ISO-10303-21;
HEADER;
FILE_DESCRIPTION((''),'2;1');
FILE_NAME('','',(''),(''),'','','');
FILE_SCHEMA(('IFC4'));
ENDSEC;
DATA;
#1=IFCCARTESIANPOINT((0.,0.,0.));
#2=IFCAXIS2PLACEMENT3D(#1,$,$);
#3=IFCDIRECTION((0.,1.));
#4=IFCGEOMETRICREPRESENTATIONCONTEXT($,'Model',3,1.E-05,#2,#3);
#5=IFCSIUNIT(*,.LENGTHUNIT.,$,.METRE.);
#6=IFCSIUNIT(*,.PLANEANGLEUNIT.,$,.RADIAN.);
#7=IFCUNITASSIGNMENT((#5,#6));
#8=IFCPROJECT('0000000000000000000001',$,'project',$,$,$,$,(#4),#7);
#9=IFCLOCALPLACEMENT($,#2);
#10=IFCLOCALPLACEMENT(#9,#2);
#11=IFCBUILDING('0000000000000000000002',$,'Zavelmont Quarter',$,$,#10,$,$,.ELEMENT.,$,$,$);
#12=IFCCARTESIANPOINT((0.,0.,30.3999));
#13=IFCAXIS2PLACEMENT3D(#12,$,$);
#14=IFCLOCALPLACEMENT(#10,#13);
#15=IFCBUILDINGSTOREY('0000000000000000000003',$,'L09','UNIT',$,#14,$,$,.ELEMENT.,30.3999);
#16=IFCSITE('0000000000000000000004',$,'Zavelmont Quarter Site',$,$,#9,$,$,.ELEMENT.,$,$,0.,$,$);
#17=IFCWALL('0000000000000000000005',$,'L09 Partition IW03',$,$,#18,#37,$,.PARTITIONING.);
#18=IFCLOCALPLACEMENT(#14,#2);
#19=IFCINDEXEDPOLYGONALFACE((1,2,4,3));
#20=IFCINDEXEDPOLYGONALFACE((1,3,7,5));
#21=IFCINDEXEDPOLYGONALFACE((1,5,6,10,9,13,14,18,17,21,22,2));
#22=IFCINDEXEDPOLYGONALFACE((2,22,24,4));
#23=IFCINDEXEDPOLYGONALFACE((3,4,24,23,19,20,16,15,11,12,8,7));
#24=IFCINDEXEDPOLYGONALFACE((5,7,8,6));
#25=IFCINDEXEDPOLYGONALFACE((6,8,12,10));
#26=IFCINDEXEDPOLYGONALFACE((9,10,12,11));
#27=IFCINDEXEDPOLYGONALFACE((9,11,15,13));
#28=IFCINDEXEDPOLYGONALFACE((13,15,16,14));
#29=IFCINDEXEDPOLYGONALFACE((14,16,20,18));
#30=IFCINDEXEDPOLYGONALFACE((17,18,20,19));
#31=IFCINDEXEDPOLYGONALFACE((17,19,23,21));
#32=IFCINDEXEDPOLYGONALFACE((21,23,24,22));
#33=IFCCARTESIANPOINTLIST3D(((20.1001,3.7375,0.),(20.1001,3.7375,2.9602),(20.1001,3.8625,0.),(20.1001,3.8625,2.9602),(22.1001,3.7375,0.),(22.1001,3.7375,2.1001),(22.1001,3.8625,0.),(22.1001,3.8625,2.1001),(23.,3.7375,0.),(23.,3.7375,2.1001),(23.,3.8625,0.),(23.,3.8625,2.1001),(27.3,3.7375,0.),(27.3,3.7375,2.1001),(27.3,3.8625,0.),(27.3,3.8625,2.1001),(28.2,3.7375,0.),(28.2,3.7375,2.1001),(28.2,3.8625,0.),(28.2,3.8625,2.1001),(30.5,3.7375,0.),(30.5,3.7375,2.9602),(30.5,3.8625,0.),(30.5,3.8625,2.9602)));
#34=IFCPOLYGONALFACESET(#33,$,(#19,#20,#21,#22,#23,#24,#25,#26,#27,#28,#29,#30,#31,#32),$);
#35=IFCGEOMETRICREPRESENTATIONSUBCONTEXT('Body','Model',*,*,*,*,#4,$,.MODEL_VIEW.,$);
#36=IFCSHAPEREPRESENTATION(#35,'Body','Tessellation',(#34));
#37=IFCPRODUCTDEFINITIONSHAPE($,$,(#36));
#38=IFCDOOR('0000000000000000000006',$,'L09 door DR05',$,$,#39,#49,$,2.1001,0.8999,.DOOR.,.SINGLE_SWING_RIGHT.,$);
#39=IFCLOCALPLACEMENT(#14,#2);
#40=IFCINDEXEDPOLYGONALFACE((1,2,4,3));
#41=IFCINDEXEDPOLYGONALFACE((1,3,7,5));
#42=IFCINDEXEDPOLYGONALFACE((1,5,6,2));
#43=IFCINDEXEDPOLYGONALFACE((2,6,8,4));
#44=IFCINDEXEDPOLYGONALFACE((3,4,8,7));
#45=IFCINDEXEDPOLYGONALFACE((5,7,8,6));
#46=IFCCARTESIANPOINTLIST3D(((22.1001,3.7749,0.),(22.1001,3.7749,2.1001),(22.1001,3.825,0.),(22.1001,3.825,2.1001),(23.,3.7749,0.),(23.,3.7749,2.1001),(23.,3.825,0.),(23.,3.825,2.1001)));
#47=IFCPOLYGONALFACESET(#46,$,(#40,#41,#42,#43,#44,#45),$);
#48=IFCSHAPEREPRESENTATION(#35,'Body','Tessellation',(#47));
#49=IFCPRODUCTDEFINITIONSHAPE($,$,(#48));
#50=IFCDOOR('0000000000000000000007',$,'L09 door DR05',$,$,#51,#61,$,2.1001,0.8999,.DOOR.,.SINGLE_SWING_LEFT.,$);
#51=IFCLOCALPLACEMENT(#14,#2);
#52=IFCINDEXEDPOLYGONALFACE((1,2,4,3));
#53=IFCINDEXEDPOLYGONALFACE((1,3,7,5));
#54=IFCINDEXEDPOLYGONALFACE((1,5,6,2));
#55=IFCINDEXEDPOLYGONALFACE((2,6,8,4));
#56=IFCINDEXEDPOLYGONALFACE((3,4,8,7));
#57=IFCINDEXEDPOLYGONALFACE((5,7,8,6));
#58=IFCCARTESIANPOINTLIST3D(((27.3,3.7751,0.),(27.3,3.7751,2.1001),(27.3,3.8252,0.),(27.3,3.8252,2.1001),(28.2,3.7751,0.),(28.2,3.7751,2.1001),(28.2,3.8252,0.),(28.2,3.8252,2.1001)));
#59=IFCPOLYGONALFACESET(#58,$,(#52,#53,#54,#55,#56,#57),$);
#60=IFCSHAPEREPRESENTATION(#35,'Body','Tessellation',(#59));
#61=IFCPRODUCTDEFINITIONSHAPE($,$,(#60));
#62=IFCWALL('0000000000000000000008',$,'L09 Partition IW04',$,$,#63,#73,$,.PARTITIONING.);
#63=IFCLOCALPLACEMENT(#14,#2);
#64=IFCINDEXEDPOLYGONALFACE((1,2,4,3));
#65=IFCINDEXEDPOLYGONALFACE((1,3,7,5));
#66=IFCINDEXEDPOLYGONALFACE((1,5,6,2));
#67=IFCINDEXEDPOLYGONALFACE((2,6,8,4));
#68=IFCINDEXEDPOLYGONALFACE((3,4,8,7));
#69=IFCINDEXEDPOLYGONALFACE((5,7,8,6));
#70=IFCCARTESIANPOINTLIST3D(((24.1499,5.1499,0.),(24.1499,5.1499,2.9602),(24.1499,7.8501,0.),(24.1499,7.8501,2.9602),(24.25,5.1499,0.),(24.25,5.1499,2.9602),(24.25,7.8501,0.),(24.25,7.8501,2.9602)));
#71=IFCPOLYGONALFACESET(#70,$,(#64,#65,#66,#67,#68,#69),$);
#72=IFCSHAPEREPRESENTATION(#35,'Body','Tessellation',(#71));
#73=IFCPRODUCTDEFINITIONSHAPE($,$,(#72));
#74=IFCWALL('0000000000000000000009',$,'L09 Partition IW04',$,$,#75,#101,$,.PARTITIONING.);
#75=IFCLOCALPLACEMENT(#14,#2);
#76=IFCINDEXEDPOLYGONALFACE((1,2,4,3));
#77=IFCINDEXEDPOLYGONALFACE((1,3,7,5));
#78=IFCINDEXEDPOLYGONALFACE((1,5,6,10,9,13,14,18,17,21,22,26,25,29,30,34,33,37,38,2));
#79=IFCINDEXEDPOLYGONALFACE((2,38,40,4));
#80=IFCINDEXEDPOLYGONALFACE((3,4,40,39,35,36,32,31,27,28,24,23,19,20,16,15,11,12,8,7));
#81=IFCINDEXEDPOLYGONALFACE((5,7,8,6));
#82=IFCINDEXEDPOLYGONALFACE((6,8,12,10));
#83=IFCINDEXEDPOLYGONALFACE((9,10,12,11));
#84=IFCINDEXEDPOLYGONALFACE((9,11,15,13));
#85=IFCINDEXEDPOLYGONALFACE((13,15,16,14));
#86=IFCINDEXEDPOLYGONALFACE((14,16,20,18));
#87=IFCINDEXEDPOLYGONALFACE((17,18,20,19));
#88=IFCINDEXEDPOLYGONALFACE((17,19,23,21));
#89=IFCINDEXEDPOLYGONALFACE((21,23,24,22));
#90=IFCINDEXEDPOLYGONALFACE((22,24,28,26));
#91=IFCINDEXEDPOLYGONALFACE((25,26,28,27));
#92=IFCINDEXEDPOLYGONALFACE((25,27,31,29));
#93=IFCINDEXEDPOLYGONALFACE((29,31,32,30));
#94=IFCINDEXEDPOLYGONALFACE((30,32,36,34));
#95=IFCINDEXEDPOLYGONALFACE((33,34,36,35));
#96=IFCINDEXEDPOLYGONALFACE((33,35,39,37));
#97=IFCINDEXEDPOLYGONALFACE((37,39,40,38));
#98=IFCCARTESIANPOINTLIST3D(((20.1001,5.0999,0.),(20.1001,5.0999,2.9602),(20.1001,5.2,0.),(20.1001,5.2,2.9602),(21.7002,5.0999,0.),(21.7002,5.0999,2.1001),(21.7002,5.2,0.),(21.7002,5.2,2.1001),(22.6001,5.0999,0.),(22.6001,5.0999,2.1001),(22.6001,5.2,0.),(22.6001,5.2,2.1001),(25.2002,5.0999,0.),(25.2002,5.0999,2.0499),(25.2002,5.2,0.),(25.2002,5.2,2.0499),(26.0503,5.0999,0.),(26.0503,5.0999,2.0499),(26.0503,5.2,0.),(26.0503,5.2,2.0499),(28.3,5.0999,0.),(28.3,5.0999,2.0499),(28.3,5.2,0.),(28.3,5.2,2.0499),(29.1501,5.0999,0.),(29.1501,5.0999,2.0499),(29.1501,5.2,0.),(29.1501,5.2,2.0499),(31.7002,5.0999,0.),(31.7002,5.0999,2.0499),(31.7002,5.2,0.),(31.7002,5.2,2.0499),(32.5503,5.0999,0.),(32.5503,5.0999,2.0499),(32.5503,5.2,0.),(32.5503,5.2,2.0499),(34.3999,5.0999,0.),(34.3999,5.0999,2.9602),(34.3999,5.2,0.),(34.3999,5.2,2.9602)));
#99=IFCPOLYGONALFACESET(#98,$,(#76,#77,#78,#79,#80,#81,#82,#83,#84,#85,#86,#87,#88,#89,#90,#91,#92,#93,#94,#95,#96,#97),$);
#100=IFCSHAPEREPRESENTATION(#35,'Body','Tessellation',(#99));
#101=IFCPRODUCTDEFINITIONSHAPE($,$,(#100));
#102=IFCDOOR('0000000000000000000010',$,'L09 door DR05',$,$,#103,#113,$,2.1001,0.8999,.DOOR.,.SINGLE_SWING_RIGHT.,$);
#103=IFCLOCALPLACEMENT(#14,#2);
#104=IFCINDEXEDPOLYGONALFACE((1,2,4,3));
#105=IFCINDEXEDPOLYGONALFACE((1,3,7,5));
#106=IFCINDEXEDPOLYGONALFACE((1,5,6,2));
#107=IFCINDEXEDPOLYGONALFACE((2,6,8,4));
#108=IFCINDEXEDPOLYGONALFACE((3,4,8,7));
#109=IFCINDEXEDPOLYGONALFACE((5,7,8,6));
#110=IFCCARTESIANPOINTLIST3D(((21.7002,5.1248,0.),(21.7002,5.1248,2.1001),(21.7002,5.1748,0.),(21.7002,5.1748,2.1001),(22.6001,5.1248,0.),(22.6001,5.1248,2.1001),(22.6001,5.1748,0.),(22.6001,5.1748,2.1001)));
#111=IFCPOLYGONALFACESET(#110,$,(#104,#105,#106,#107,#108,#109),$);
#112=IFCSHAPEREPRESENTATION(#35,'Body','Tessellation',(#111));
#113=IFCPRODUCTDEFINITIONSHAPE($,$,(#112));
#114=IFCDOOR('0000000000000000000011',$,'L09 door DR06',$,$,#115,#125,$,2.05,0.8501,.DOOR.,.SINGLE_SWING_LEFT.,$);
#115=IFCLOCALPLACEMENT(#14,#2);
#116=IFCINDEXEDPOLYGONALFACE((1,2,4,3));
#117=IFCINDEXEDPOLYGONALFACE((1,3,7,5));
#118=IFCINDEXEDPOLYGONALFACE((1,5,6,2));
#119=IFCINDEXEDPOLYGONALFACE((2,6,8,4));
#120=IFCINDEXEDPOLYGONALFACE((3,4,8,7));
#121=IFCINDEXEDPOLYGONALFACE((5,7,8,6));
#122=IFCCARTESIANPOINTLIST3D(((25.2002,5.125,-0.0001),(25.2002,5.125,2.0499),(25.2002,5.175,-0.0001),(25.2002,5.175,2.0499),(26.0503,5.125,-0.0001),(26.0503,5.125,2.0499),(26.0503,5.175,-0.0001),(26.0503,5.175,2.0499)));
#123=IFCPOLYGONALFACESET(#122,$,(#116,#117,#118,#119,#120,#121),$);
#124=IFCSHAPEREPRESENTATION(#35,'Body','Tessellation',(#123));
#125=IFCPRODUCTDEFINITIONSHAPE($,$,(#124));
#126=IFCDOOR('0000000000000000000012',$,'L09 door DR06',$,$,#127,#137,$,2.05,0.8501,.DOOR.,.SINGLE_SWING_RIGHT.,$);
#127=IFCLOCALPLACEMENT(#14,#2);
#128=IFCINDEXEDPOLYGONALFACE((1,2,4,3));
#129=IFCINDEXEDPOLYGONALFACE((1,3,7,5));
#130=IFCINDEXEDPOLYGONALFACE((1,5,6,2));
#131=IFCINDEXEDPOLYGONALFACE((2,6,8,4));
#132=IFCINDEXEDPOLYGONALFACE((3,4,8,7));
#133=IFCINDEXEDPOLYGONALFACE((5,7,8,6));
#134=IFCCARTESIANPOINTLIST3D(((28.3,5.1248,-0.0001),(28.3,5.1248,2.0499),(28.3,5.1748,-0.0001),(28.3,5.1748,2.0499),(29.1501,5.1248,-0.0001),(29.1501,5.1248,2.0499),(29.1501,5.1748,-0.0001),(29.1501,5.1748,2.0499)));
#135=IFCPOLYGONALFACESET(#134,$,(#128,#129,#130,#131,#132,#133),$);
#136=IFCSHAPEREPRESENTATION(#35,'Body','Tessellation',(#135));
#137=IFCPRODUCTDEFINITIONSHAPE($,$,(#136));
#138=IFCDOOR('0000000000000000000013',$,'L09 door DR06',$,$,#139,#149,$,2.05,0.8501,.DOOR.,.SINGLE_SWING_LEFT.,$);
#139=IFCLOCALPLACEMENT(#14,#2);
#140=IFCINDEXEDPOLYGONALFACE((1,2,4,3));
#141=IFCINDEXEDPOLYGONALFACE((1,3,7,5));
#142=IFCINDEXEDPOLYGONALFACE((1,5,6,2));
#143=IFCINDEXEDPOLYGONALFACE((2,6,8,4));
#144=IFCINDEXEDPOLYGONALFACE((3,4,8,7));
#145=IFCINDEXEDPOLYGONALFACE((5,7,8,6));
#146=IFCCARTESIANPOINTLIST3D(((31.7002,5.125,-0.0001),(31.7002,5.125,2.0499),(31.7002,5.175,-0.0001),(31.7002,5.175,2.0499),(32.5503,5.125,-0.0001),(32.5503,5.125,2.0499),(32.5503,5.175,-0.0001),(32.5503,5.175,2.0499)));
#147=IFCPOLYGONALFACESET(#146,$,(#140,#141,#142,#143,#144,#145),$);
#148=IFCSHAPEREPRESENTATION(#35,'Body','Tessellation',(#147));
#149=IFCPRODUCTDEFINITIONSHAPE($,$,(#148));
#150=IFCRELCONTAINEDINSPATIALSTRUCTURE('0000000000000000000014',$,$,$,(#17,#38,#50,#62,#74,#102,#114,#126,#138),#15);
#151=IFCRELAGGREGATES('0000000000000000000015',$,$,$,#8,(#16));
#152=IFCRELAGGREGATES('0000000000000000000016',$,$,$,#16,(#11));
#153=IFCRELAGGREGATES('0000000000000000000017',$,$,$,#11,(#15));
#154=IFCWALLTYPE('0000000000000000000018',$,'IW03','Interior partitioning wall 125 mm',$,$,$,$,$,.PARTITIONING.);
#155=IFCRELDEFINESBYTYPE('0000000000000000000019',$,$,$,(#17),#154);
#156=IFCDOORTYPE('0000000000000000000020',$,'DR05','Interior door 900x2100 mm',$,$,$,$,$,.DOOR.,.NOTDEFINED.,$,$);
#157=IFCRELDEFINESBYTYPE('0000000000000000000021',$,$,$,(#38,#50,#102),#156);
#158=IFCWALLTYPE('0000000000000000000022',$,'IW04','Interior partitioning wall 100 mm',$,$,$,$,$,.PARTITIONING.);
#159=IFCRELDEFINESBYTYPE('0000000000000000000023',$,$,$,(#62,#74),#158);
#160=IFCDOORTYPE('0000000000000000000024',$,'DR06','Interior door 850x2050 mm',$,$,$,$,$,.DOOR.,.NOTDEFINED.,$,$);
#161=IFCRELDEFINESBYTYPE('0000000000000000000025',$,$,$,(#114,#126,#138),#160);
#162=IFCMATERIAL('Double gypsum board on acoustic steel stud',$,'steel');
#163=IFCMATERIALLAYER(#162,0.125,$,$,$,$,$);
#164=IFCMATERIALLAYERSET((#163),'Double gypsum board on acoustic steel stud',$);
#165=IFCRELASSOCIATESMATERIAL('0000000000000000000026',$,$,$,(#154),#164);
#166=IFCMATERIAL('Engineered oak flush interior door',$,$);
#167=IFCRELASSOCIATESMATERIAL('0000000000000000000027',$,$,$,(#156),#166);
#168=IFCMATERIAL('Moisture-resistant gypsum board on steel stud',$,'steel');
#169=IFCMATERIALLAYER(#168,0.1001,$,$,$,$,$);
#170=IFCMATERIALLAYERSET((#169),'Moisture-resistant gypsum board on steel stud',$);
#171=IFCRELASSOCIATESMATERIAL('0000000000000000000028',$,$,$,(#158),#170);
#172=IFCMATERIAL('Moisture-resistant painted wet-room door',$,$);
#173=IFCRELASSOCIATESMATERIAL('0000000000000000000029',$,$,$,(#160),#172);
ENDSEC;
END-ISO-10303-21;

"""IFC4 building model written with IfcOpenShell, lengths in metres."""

from ifc_helpers import new_model, si_unit, direction, frame, frame_2d, origin, origin_with_axes, place, context, subcontext, project, spatial, rectangle, extrude, material, layer, layer_set, type_object, element, fill, save


model = new_model("IFC4")

# Units and contexts
model_context = context("Model", 3, precision=1e-05, world=origin(), true_north=direction((0.0, 1.0)))
body_context = subcontext(model_context, "Body", "Model", "MODEL_VIEW")
ifc_project = project(units=[si_unit("LENGTHUNIT", "METRE"), si_unit("PLANEANGLEUNIT", "RADIAN")], contexts=[model_context])

# Site, building, storey
site_placement = place(None, origin())
site = spatial("IfcSite", under=ifc_project, at=site_placement, Name="Zavelmont Quarter Site", CompositionType="ELEMENT", RefElevation=0.0)
building_placement = place(site_placement, origin())
building = spatial("IfcBuilding", under=site, at=building_placement, Name="Zavelmont Quarter", CompositionType="ELEMENT")
storey_placement = place(building_placement, frame((0.0, 0.0, 30.3999)))
storey = spatial("IfcBuildingStorey", under=building, at=storey_placement, Name="L09", Description="UNIT", CompositionType="ELEMENT", Elevation=30.3999)

# Shared definitions
ifc_material_1 = material(Name="Double gypsum board on acoustic steel stud", Category="steel")
ifc_layer_1 = layer(ifc_material_1, 0.125)
ifc_layer_set_1 = layer_set([ifc_layer_1], Name="Double gypsum board on acoustic steel stud")
wall_type_1 = type_object("IfcWallType", Name="IW03", Description="Interior partitioning wall 125 mm", PredefinedType="PARTITIONING", material=ifc_layer_set_1)
ifc_material_2 = material(Name="Engineered oak flush interior door")
door_type_1 = type_object("IfcDoorType", Name="DR05", Description="Interior door 900x2100 mm", OperationType="NOTDEFINED", PredefinedType="DOOR", material=ifc_material_2)

# Wall, openings, doors
wall_1_placement = place(storey_placement, frame((20.1001, 3.8, 0.0), z_axis=(0.0, 0.0, 1.0), x_axis=(1.0, 0.0, 0.0)))
wall_1 = element("IfcWall", 1, at=wall_1_placement, inside=storey, type_object=wall_type_1, Name="L09 Partition IW03", PredefinedType="PARTITIONING", context=body_context, shape_type="SweptSolid", body=[
    extrude(rectangle(XDim=10.3999, YDim=0.125, at=frame_2d((5.2, 0.0))), origin(), (0.0, 0.0, 1.0), 2.9602),
])
opening_1_placement = place(wall_1_placement, frame((2.0, 0.0, 0.0)))
opening_1 = element("IfcOpeningElement", 2, at=opening_1_placement, cuts=wall_1, PredefinedType="OPENING", context=body_context, shape_type="SweptSolid", body=[
    extrude(rectangle(XDim=0.8999, YDim=2.1001, at=frame_2d((0.45, 1.05))), frame((0.0, 0.0745, 0.0), z_axis=(0.0, -1.0, 0.0), x_axis=(1.0, 0.0, 0.0)), (0.0, 0.0, 1.0), 0.1489),
])
opening_2_placement = place(wall_1_placement, frame((7.2, 0.0, 0.0)))
opening_2 = element("IfcOpeningElement", 3, at=opening_2_placement, cuts=wall_1, PredefinedType="OPENING", context=body_context, shape_type="SweptSolid", body=[
    extrude(rectangle(XDim=0.8999, YDim=2.1001, at=frame_2d((0.45, 1.05))), frame((0.0, 0.0745, 0.0), z_axis=(0.0, -1.0, 0.0), x_axis=(1.0, 0.0, 0.0)), (0.0, 0.0, 1.0), 0.1489),
])
door_1_placement = place(opening_1_placement, origin_with_axes())
door_1 = element("IfcDoor", 4, at=door_1_placement, inside=storey, type_object=door_type_1, Name="L09 door DR05", OperationType="SINGLE_SWING_RIGHT", OverallHeight=2.1001, OverallWidth=0.8999, PredefinedType="DOOR", context=body_context, shape_type="SweptSolid", body=[
    extrude(rectangle(XDim=0.8999, YDim=2.1001, at=frame_2d((0.45, 1.05))), frame((0.0, 0.0249, 0.0), z_axis=(0.0, -1.0, 0.0), x_axis=(1.0, 0.0, 0.0)), (0.0, 0.0, 1.0), 0.05),
])
fill(opening_1, door_1)
door_2_placement = place(opening_2_placement, frame((0.8999, 0.0, 0.0), z_axis=(0.0, 0.0, 1.0), x_axis=(-1.0, 0.0, 0.0)))
door_2 = element("IfcDoor", 5, at=door_2_placement, inside=storey, type_object=door_type_1, Name="L09 door DR05", OperationType="SINGLE_SWING_LEFT", OverallHeight=2.1001, OverallWidth=0.8999, PredefinedType="DOOR", context=body_context, shape_type="SweptSolid", body=[
    extrude(rectangle(XDim=0.8999, YDim=2.1001, at=frame_2d((0.45, 1.05))), frame((0.0, 0.0249, 0.0), z_axis=(0.0, -1.0, 0.0), x_axis=(1.0, 0.0, 0.0)), (0.0, 0.0, 1.0), 0.05),
])
fill(opening_2, door_2)

# Wall
ifc_material_3 = material(Name="Moisture-resistant gypsum board on steel stud", Category="steel")
ifc_layer_2 = layer(ifc_material_3, 0.1001)
ifc_layer_set_2 = layer_set([ifc_layer_2], Name="Moisture-resistant gypsum board on steel stud")
wall_type_2 = type_object("IfcWallType", Name="IW04", Description="Interior partitioning wall 100 mm", PredefinedType="PARTITIONING", material=ifc_layer_set_2)
wall_2_placement = place(storey_placement, frame((24.2, 7.8501, 0.0), z_axis=(0.0, 0.0, 1.0), x_axis=(0.0, -1.0, 0.0)))
element("IfcWall", 6, at=wall_2_placement, inside=storey, type_object=wall_type_2, Name="L09 Partition IW04", PredefinedType="PARTITIONING", context=body_context, shape_type="SweptSolid", body=[
    extrude(rectangle(XDim=2.7002, YDim=0.1001, at=frame_2d((1.3501, 0.0))), origin(), (0.0, 0.0, 1.0), 2.9602),
])

# Wall, openings, doors
wall_3_placement = place(storey_placement, frame((20.1001, 5.1499, 0.0), z_axis=(0.0, 0.0, 1.0), x_axis=(1.0, 0.0, 0.0)))
wall_3 = element("IfcWall", 7, at=wall_3_placement, inside=storey, type_object=wall_type_2, Name="L09 Partition IW04", PredefinedType="PARTITIONING", context=body_context, shape_type="SweptSolid", body=[
    extrude(rectangle(XDim=14.2998, YDim=0.1001, at=frame_2d((7.1499, 0.0))), origin(), (0.0, 0.0, 1.0), 2.9602),
])
opening_3_placement = place(wall_3_placement, frame((1.6001, 0.0, 0.0)))
opening_3 = element("IfcOpeningElement", 8, at=opening_3_placement, cuts=wall_3, PredefinedType="OPENING", context=body_context, shape_type="SweptSolid", body=[
    extrude(rectangle(XDim=0.8999, YDim=2.1001, at=frame_2d((0.45, 1.05))), frame((0.0, 0.062, 0.0), z_axis=(0.0, -1.0, 0.0), x_axis=(1.0, 0.0, 0.0)), (0.0, 0.0, 1.0), 0.124),
])
opening_4_placement = place(wall_3_placement, frame((5.1001, 0.0, 0.0)))
opening_4 = element("IfcOpeningElement", 9, at=opening_4_placement, cuts=wall_3, PredefinedType="OPENING", context=body_context, shape_type="SweptSolid", body=[
    extrude(rectangle(XDim=0.8501, YDim=2.05, at=frame_2d((0.425, 1.0249))), frame((0.0, 0.062, 0.0), z_axis=(0.0, -1.0, 0.0), x_axis=(1.0, 0.0, 0.0)), (0.0, 0.0, 1.0), 0.124),
])
opening_5_placement = place(wall_3_placement, frame((8.2, 0.0, 0.0)))
opening_5 = element("IfcOpeningElement", 10, at=opening_5_placement, cuts=wall_3, PredefinedType="OPENING", context=body_context, shape_type="SweptSolid", body=[
    extrude(rectangle(XDim=0.8501, YDim=2.05, at=frame_2d((0.425, 1.0249))), frame((0.0, 0.062, 0.0), z_axis=(0.0, -1.0, 0.0), x_axis=(1.0, 0.0, 0.0)), (0.0, 0.0, 1.0), 0.124),
])
opening_6_placement = place(wall_3_placement, frame((11.6001, 0.0, 0.0)))
opening_6 = element("IfcOpeningElement", 11, at=opening_6_placement, cuts=wall_3, PredefinedType="OPENING", context=body_context, shape_type="SweptSolid", body=[
    extrude(rectangle(XDim=0.8501, YDim=2.05, at=frame_2d((0.425, 1.0249))), frame((0.0, 0.062, 0.0), z_axis=(0.0, -1.0, 0.0), x_axis=(1.0, 0.0, 0.0)), (0.0, 0.0, 1.0), 0.124),
])
door_3_placement = place(opening_3_placement, origin_with_axes())
door_3 = element("IfcDoor", 12, at=door_3_placement, inside=storey, type_object=door_type_1, Name="L09 door DR05", OperationType="SINGLE_SWING_RIGHT", OverallHeight=2.1001, OverallWidth=0.8999, PredefinedType="DOOR", context=body_context, shape_type="SweptSolid", body=[
    extrude(rectangle(XDim=0.8999, YDim=2.1001, at=frame_2d((0.45, 1.05))), frame((0.0, 0.0249, 0.0), z_axis=(0.0, -1.0, 0.0), x_axis=(1.0, 0.0, 0.0)), (0.0, 0.0, 1.0), 0.05),
])
fill(opening_3, door_3)
ifc_material_4 = material(Name="Moisture-resistant painted wet-room door")
door_type_2 = type_object("IfcDoorType", Name="DR06", Description="Interior door 850x2050 mm", OperationType="NOTDEFINED", PredefinedType="DOOR", material=ifc_material_4)
door_4_placement = place(opening_4_placement, frame((0.8501, 0.0, 0.0), z_axis=(0.0, 0.0, 1.0), x_axis=(-1.0, 0.0, 0.0)))
door_4 = element("IfcDoor", 13, at=door_4_placement, inside=storey, type_object=door_type_2, Name="L09 door DR06", OperationType="SINGLE_SWING_LEFT", OverallHeight=2.05, OverallWidth=0.8501, PredefinedType="DOOR", context=body_context, shape_type="SweptSolid", body=[
    extrude(rectangle(XDim=0.8501, YDim=2.05, at=frame_2d((0.425, 1.0249))), frame((0.0, 0.0249, 0.0), z_axis=(0.0, -1.0, 0.0), x_axis=(1.0, 0.0, 0.0)), (0.0, 0.0, 1.0), 0.05),
])
fill(opening_4, door_4)
door_5_placement = place(opening_5_placement, origin_with_axes())
door_5 = element("IfcDoor", 14, at=door_5_placement, inside=storey, type_object=door_type_2, Name="L09 door DR06", OperationType="SINGLE_SWING_RIGHT", OverallHeight=2.05, OverallWidth=0.8501, PredefinedType="DOOR", context=body_context, shape_type="SweptSolid", body=[
    extrude(rectangle(XDim=0.8501, YDim=2.05, at=frame_2d((0.425, 1.0249))), frame((0.0, 0.0249, 0.0), z_axis=(0.0, -1.0, 0.0), x_axis=(1.0, 0.0, 0.0)), (0.0, 0.0, 1.0), 0.05),
])
fill(opening_5, door_5)
door_6_placement = place(opening_6_placement, frame((0.8501, 0.0, 0.0), z_axis=(0.0, 0.0, 1.0), x_axis=(-1.0, 0.0, 0.0)))
door_6 = element("IfcDoor", 15, at=door_6_placement, inside=storey, type_object=door_type_2, Name="L09 door DR06", OperationType="SINGLE_SWING_LEFT", OverallHeight=2.05, OverallWidth=0.8501, PredefinedType="DOOR", context=body_context, shape_type="SweptSolid", body=[
    extrude(rectangle(XDim=0.8501, YDim=2.05, at=frame_2d((0.425, 1.0249))), frame((0.0, 0.0249, 0.0), z_axis=(0.0, -1.0, 0.0), x_axis=(1.0, 0.0, 0.0)), (0.0, 0.0, 1.0), 0.05),
])
fill(opening_6, door_6)

save(model, "model.ifc")
